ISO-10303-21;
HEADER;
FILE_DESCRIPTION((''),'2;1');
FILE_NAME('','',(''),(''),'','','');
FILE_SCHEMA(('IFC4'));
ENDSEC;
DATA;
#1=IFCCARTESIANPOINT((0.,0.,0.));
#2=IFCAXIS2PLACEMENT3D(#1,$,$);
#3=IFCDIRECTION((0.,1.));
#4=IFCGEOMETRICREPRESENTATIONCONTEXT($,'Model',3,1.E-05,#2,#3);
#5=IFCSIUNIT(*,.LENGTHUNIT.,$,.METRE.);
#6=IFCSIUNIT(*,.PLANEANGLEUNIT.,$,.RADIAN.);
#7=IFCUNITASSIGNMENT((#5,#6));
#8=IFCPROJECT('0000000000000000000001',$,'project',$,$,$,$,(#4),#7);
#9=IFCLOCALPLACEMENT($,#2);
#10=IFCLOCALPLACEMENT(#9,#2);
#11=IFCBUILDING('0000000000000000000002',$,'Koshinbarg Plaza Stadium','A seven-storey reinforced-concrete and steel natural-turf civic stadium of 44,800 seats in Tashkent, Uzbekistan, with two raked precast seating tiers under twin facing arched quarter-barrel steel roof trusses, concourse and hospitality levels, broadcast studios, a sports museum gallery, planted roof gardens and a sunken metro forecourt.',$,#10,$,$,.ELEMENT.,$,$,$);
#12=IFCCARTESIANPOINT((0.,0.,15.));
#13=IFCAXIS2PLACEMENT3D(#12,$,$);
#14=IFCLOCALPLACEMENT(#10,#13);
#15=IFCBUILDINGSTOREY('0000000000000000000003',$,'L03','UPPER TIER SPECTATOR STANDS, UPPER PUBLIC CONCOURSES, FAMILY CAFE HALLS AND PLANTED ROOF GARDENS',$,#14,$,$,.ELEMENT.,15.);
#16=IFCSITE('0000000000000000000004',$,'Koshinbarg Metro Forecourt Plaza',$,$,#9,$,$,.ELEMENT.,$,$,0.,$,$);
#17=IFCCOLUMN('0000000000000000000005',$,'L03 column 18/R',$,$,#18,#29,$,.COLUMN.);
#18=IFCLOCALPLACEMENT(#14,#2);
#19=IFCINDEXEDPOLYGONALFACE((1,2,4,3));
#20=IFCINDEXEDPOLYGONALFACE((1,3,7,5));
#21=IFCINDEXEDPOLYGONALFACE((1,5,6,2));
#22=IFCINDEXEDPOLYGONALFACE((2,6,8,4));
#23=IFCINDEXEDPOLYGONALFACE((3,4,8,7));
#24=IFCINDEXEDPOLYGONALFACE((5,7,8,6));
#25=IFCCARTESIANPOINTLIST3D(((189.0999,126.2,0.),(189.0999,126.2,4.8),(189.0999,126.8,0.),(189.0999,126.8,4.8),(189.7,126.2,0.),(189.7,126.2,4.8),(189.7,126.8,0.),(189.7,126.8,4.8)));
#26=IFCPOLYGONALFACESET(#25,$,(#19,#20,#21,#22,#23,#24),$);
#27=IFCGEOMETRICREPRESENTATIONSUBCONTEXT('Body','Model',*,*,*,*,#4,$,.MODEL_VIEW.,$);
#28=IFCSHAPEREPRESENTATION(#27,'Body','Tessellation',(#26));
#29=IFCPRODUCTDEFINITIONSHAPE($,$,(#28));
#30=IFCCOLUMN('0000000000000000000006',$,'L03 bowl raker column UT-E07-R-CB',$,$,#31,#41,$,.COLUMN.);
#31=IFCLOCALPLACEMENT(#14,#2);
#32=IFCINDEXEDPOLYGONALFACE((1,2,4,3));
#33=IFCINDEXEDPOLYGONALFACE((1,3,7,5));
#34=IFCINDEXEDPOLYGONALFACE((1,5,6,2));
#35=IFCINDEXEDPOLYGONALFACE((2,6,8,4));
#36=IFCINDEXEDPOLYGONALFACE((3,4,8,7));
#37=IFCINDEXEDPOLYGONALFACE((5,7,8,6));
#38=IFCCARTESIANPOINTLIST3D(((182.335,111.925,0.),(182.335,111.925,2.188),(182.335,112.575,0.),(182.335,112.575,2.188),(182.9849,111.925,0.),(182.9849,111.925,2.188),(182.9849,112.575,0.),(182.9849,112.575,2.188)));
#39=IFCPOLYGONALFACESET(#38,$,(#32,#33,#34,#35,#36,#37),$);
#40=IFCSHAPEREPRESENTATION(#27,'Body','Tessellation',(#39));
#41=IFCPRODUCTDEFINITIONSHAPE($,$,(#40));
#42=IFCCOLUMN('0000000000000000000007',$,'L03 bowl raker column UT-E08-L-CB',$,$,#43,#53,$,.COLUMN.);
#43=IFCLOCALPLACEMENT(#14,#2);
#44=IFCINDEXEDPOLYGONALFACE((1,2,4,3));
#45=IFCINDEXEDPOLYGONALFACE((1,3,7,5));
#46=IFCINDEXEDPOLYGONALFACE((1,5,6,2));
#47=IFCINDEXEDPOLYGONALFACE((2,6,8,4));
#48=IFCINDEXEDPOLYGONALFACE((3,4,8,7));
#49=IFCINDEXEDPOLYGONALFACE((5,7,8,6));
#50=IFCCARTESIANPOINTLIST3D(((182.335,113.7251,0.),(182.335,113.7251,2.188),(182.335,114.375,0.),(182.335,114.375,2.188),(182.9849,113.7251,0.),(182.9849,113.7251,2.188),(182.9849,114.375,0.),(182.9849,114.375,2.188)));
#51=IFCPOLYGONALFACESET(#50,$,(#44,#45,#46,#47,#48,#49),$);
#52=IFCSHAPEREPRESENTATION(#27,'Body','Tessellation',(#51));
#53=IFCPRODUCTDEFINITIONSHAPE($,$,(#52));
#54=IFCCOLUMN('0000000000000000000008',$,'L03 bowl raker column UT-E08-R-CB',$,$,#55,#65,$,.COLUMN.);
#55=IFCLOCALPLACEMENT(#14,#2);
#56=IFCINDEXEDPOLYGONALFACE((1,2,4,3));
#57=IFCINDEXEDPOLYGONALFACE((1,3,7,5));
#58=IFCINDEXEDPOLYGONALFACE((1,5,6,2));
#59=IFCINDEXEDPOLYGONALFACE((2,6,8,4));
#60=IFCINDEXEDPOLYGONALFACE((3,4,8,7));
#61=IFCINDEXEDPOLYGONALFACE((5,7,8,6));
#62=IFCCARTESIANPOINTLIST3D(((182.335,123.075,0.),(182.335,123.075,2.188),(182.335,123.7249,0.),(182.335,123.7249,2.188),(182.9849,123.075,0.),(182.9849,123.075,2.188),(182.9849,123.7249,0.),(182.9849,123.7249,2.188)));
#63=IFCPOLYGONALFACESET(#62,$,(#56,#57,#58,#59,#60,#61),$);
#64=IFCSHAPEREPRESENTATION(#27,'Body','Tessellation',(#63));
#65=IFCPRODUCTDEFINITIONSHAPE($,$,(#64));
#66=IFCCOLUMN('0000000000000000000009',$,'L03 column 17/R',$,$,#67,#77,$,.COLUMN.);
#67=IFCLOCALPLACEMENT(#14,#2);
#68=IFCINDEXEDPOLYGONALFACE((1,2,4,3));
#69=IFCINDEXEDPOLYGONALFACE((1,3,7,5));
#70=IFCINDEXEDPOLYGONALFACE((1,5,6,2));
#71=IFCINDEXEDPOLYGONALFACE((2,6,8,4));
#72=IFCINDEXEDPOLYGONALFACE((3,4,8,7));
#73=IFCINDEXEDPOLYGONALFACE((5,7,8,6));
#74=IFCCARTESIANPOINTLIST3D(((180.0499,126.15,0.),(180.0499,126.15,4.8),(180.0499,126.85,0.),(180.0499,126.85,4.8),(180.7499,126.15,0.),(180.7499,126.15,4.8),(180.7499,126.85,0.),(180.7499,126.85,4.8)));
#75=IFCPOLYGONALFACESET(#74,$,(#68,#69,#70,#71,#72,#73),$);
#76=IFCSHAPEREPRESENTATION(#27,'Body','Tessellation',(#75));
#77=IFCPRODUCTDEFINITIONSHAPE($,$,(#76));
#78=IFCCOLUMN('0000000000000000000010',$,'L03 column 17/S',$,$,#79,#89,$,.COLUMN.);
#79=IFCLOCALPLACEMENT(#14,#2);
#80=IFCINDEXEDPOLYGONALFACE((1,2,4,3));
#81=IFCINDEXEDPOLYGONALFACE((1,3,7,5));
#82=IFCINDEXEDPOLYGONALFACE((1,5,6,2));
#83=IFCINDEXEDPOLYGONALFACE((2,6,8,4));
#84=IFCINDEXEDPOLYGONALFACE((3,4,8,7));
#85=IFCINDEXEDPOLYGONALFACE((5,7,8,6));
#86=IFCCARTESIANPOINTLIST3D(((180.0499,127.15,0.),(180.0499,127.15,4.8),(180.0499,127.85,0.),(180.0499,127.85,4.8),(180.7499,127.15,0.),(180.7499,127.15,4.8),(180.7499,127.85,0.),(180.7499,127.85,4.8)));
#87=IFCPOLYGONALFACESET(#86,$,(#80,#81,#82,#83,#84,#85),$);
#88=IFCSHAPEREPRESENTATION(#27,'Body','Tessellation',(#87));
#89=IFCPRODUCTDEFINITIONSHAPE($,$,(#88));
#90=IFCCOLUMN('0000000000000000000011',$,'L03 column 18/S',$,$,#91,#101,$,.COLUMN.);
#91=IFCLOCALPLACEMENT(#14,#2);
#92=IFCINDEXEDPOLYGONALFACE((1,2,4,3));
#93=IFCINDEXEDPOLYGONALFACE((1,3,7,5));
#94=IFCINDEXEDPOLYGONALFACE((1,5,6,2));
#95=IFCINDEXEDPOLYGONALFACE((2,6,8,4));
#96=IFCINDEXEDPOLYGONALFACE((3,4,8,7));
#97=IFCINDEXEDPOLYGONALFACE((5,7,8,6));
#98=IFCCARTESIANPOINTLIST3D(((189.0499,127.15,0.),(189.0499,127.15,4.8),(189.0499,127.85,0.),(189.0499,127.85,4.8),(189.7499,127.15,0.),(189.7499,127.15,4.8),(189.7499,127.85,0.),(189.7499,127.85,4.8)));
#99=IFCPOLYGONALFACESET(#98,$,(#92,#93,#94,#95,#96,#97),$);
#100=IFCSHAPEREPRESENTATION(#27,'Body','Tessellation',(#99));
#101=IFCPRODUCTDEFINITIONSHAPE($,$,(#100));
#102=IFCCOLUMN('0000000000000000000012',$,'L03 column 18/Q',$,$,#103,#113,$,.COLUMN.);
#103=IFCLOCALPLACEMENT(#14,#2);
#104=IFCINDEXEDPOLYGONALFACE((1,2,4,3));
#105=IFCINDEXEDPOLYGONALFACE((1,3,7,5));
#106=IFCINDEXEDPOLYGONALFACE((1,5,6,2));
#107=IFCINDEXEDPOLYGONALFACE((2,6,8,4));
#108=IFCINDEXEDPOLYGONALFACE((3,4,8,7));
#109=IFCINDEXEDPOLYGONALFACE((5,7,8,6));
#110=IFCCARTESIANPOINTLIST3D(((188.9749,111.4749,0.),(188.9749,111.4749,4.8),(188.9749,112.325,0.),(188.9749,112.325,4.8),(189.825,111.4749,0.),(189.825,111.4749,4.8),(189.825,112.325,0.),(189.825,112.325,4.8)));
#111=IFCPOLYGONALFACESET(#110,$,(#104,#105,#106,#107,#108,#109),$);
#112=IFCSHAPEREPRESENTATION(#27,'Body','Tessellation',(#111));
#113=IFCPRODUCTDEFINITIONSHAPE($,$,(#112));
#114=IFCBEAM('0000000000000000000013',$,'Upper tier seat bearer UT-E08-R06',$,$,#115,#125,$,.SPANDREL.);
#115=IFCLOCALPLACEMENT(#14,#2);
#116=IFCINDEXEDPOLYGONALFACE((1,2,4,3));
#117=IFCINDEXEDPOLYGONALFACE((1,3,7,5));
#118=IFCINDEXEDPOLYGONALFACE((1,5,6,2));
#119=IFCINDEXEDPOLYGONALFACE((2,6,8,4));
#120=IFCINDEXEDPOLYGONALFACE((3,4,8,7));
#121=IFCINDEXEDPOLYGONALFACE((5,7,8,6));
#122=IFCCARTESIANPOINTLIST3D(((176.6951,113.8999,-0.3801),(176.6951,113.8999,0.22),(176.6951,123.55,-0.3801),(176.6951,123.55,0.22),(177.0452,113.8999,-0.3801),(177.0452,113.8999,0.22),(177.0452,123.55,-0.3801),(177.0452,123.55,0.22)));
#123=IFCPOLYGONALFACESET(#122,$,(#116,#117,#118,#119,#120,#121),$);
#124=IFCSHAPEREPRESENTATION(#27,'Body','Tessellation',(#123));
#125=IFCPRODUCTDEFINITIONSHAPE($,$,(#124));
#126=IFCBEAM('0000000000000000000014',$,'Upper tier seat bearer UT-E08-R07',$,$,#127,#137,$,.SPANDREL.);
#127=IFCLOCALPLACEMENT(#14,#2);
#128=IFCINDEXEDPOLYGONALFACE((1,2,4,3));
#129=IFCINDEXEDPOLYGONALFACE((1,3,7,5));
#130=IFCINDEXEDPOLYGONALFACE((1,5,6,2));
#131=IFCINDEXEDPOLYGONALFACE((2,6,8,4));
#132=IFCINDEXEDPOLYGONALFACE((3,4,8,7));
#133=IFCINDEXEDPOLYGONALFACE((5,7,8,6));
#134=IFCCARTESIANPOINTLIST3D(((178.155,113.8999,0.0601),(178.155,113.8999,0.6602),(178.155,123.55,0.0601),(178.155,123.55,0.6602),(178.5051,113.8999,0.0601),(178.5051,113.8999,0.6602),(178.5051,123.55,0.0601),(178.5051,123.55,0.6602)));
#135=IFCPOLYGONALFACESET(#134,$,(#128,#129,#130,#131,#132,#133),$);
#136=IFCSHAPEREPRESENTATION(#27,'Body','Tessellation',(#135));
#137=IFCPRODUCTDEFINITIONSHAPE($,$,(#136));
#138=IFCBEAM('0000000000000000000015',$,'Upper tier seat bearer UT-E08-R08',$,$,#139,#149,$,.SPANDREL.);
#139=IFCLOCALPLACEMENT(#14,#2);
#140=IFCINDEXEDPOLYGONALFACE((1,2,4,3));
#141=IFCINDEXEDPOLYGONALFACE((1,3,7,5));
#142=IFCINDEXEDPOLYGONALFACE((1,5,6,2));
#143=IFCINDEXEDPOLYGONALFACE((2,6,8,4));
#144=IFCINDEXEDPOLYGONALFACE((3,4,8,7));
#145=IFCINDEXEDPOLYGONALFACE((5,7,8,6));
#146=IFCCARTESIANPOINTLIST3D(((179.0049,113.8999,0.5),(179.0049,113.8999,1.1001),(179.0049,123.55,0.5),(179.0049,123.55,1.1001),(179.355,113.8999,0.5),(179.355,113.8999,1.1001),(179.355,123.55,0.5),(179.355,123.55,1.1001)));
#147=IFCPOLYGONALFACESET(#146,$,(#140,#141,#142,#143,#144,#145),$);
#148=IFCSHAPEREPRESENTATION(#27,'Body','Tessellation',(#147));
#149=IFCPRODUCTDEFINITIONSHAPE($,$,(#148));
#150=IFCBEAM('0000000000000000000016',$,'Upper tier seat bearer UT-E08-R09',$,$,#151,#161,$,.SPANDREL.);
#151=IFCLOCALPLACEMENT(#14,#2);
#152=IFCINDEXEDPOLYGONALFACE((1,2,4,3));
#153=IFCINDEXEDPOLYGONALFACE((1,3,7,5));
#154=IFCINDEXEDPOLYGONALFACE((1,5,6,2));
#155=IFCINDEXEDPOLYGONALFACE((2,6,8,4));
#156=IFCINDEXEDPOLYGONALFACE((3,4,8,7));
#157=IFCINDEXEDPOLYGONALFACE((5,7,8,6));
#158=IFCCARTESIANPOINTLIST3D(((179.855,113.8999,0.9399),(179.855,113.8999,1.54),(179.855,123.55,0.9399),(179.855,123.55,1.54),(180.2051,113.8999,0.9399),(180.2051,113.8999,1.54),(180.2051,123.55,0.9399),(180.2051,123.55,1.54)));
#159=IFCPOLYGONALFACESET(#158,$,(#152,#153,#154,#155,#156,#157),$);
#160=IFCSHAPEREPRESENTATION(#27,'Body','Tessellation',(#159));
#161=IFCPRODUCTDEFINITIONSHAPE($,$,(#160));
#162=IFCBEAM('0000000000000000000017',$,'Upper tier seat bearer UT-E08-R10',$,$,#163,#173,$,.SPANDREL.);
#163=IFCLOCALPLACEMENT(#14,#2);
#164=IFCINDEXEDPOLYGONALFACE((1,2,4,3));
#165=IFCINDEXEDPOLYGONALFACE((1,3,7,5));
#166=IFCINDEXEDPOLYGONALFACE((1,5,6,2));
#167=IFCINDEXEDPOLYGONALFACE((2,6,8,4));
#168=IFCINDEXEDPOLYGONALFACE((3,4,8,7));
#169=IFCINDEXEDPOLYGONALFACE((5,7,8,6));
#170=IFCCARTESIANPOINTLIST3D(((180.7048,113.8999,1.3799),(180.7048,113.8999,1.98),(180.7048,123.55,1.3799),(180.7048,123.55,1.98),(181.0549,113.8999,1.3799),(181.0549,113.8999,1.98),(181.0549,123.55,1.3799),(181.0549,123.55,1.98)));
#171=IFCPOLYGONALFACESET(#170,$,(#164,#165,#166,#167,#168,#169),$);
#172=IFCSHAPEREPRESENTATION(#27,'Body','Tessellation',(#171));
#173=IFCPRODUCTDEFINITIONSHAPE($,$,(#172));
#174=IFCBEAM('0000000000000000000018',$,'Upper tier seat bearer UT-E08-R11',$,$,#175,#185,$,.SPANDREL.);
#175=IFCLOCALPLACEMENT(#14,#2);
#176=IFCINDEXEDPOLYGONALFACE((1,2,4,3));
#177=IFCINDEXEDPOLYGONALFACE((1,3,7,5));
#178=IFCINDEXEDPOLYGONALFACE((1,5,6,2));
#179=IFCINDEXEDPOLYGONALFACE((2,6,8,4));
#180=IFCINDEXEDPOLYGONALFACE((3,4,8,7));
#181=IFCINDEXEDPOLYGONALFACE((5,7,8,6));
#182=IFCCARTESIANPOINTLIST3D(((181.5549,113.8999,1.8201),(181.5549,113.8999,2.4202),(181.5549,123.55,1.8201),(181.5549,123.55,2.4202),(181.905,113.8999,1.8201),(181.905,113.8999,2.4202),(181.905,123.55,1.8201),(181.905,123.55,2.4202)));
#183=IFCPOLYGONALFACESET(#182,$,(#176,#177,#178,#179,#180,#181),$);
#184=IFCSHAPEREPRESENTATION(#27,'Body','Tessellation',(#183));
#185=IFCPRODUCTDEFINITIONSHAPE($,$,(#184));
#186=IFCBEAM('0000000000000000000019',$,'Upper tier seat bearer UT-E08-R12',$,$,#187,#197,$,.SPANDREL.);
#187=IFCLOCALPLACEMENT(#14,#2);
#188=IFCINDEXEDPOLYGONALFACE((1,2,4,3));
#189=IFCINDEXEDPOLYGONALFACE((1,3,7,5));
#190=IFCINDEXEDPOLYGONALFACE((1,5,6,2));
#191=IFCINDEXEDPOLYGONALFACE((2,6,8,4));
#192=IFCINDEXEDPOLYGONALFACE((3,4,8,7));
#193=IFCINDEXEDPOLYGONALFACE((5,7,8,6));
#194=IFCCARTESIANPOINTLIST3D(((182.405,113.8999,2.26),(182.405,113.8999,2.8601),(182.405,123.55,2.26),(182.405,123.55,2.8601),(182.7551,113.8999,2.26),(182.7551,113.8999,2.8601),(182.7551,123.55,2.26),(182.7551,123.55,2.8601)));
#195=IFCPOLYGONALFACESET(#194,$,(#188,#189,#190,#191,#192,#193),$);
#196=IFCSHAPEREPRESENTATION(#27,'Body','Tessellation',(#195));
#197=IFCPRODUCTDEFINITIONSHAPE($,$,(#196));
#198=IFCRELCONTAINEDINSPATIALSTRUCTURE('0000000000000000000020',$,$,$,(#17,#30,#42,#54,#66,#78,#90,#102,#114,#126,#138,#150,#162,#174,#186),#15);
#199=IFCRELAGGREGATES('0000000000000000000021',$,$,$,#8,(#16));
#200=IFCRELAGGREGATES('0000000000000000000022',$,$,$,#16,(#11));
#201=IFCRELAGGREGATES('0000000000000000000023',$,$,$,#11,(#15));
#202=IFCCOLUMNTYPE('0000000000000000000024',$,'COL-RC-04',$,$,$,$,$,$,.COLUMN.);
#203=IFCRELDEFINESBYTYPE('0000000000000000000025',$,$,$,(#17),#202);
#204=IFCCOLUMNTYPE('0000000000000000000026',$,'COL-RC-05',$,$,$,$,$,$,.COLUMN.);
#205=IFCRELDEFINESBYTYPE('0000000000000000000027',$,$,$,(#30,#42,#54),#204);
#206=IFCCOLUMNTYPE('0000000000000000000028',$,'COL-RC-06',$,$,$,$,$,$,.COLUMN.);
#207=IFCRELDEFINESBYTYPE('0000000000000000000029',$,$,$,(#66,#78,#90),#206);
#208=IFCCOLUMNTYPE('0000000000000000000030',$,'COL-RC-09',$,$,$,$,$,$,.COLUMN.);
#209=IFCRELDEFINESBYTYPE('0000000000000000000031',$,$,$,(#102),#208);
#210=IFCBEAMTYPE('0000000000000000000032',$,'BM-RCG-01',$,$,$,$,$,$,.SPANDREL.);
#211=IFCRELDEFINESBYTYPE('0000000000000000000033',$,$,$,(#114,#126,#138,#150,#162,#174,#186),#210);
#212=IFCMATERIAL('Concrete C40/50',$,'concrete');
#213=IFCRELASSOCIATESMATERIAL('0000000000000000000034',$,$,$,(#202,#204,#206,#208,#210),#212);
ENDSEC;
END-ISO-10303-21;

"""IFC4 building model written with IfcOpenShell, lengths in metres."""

from ifc_helpers import new_model, si_unit, direction, frame, origin, origin_2d, place, context, subcontext, project, spatial, rectangle, extrude, material, material_profile, profile_set, type_object, element, save


model = new_model("IFC4")

# Units and contexts
model_context = context("Model", 3, precision=1e-05, world=origin(), true_north=direction((0.0, 1.0)))
body_context = subcontext(model_context, "Body", "Model", "MODEL_VIEW")
ifc_project = project(units=[si_unit("LENGTHUNIT", "METRE"), si_unit("PLANEANGLEUNIT", "RADIAN")], contexts=[model_context])

# Site, building, storey
site_placement = place(None, origin())
site = spatial("IfcSite", under=ifc_project, at=site_placement, Name="Koshinbarg Metro Forecourt Plaza", CompositionType="ELEMENT", RefElevation=0.0)
building_placement = place(site_placement, origin())
building = spatial("IfcBuilding", under=site, at=building_placement, Name="Koshinbarg Plaza Stadium", Description="A seven-storey reinforced-concrete and steel natural-turf civic stadium of 44,800 seats in Tashkent, Uzbekistan, with two raked precast seating tiers under twin facing arched quarter-barrel steel roof trusses, concourse and hospitality levels, broadcast studios, a sports museum gallery, planted roof gardens and a sunken metro forecourt.", CompositionType="ELEMENT")
storey_placement = place(building_placement, frame((0.0, 0.0, 15.0)))
storey = spatial("IfcBuildingStorey", under=building, at=storey_placement, Name="L03", Description="UPPER TIER SPECTATOR STANDS, UPPER PUBLIC CONCOURSES, FAMILY CAFE HALLS AND PLANTED ROOF GARDENS", CompositionType="ELEMENT", Elevation=15.0)

# Columns
ifc_material_1 = material(Name="Concrete C40/50", Category="concrete")
ifc_material_profile_1 = material_profile(ifc_material_1, rectangle(XDim=0.6001, YDim=0.6001, at=origin_2d()), Name="RC 600x600")
ifc_profile_set_1 = profile_set([ifc_material_profile_1], Name="Concrete C40/50")
column_type_1 = type_object("IfcColumnType", Name="COL-RC-04", PredefinedType="COLUMN", material=ifc_profile_set_1)
column_1_placement = place(storey_placement, frame((189.3999, 126.5, 0.0), z_axis=(0.0, 0.0, 1.0), x_axis=(1.0, 0.0, 0.0)))
element("IfcColumn", 1, at=column_1_placement, inside=storey, type_object=column_type_1, Name="L03 column 18/R", PredefinedType="COLUMN", context=body_context, shape_type="SweptSolid", body=[
    extrude(rectangle(XDim=0.6001, YDim=0.6001, at=origin_2d()), origin(), (0.0, 0.0, 1.0), 4.8),
])
ifc_material_profile_2 = material_profile(ifc_material_1, rectangle(XDim=0.6499, YDim=0.6499, at=origin_2d()), Name="RC 650x650")
ifc_profile_set_2 = profile_set([ifc_material_profile_2], Name="Concrete C40/50")
column_type_2 = type_object("IfcColumnType", Name="COL-RC-05", PredefinedType="COLUMN", material=ifc_profile_set_2)
for number, where, z_axis, x_axis, name in (
    (2, (182.6599, 112.25, 0.0), (0.0, 0.0, 1.0), (1.0, 0.0, 0.0), "L03 bowl raker column UT-E07-R-CB"),
    (3, (182.6599, 114.05, 0.0), (0.0, 0.0, 1.0), (1.0, 0.0, 0.0), "L03 bowl raker column UT-E08-L-CB"),
    (4, (182.6599, 123.3999, 0.0), (0.0, 0.0, 1.0), (1.0, 0.0, 0.0), "L03 bowl raker column UT-E08-R-CB"),
):
    element("IfcColumn", number, at=place(storey_placement, frame(where, z_axis=z_axis, x_axis=x_axis)), inside=storey, type_object=column_type_2, Name=name, PredefinedType="COLUMN", context=body_context, shape_type="SweptSolid", body=[
        extrude(rectangle(XDim=0.6499, YDim=0.6499, at=origin_2d()), origin(), (0.0, 0.0, 1.0), 2.188),
    ])
ifc_material_profile_3 = material_profile(ifc_material_1, rectangle(XDim=0.7, YDim=0.7, at=origin_2d()), Name="RC 700x700")
ifc_profile_set_3 = profile_set([ifc_material_profile_3], Name="Concrete C40/50")
column_type_3 = type_object("IfcColumnType", Name="COL-RC-06", PredefinedType="COLUMN", material=ifc_profile_set_3)
for number, where, z_axis, x_axis, name in (
    (5, (180.3999, 126.5, 0.0), (0.0, 0.0, 1.0), (1.0, 0.0, 0.0), "L03 column 17/R"),
    (6, (180.3999, 127.5, 0.0), (0.0, 0.0, 1.0), (1.0, 0.0, 0.0), "L03 column 17/S"),
    (7, (189.3999, 127.5, 0.0), (0.0, 0.0, 1.0), (1.0, 0.0, 0.0), "L03 column 18/S"),
):
    element("IfcColumn", number, at=place(storey_placement, frame(where, z_axis=z_axis, x_axis=x_axis)), inside=storey, type_object=column_type_3, Name=name, PredefinedType="COLUMN", context=body_context, shape_type="SweptSolid", body=[
        extrude(rectangle(XDim=0.7, YDim=0.7, at=origin_2d()), origin(), (0.0, 0.0, 1.0), 4.8),
    ])
ifc_material_profile_4 = material_profile(ifc_material_1, rectangle(XDim=0.8501, YDim=0.8501, at=origin_2d()), Name="RC 850x850")
ifc_profile_set_4 = profile_set([ifc_material_profile_4], Name="Concrete C40/50")
column_type_4 = type_object("IfcColumnType", Name="COL-RC-09", PredefinedType="COLUMN", material=ifc_profile_set_4)
column_2_placement = place(storey_placement, frame((189.3999, 111.8999, 0.0), z_axis=(0.0, 0.0, 1.0), x_axis=(1.0, 0.0, 0.0)))
element("IfcColumn", 8, at=column_2_placement, inside=storey, type_object=column_type_4, Name="L03 column 18/Q", PredefinedType="COLUMN", context=body_context, shape_type="SweptSolid", body=[
    extrude(rectangle(XDim=0.8501, YDim=0.8501, at=origin_2d()), origin(), (0.0, 0.0, 1.0), 4.8),
])

# Beams
ifc_material_profile_5 = material_profile(ifc_material_1, rectangle(XDim=0.3501, YDim=0.6001, at=origin_2d()), Name="RC 350x600")
ifc_profile_set_5 = profile_set([ifc_material_profile_5], Name="Concrete C40/50")
beam_type_1 = type_object("IfcBeamType", Name="BM-RCG-01", PredefinedType="SPANDREL", material=ifc_profile_set_5)
for number, where, z_axis, x_axis, name in (
    (9, (176.8701, 113.8999, -0.0801), (0.0, 1.0, 0.0), (-1.0, 0.0, 0.0), "Upper tier seat bearer UT-E08-R06"),
    (10, (178.3301, 113.8999, 0.3601), (0.0, 1.0, 0.0), (-1.0, 0.0, 0.0), "Upper tier seat bearer UT-E08-R07"),
    (11, (179.1799, 113.8999, 0.8), (0.0, 1.0, 0.0), (-1.0, 0.0, 0.0), "Upper tier seat bearer UT-E08-R08"),
    (12, (180.03, 113.8999, 1.24), (0.0, 1.0, 0.0), (-1.0, 0.0, 0.0), "Upper tier seat bearer UT-E08-R09"),
    (13, (180.8799, 113.8999, 1.6799), (0.0, 1.0, 0.0), (-1.0, 0.0, 0.0), "Upper tier seat bearer UT-E08-R10"),
    (14, (181.73, 113.8999, 2.1201), (0.0, 1.0, 0.0), (-1.0, 0.0, 0.0), "Upper tier seat bearer UT-E08-R11"),
    (15, (182.5801, 113.8999, 2.5601), (0.0, 1.0, 0.0), (-1.0, 0.0, 0.0), "Upper tier seat bearer UT-E08-R12"),
):
    element("IfcBeam", number, at=place(storey_placement, frame(where, z_axis=z_axis, x_axis=x_axis)), inside=storey, type_object=beam_type_1, Name=name, PredefinedType="SPANDREL", context=body_context, shape_type="SweptSolid", body=[
        extrude(rectangle(XDim=0.3501, YDim=0.6001, at=origin_2d()), origin(), (0.0, 0.0, 1.0), 9.6501),
    ])

save(model, "model.ifc")
